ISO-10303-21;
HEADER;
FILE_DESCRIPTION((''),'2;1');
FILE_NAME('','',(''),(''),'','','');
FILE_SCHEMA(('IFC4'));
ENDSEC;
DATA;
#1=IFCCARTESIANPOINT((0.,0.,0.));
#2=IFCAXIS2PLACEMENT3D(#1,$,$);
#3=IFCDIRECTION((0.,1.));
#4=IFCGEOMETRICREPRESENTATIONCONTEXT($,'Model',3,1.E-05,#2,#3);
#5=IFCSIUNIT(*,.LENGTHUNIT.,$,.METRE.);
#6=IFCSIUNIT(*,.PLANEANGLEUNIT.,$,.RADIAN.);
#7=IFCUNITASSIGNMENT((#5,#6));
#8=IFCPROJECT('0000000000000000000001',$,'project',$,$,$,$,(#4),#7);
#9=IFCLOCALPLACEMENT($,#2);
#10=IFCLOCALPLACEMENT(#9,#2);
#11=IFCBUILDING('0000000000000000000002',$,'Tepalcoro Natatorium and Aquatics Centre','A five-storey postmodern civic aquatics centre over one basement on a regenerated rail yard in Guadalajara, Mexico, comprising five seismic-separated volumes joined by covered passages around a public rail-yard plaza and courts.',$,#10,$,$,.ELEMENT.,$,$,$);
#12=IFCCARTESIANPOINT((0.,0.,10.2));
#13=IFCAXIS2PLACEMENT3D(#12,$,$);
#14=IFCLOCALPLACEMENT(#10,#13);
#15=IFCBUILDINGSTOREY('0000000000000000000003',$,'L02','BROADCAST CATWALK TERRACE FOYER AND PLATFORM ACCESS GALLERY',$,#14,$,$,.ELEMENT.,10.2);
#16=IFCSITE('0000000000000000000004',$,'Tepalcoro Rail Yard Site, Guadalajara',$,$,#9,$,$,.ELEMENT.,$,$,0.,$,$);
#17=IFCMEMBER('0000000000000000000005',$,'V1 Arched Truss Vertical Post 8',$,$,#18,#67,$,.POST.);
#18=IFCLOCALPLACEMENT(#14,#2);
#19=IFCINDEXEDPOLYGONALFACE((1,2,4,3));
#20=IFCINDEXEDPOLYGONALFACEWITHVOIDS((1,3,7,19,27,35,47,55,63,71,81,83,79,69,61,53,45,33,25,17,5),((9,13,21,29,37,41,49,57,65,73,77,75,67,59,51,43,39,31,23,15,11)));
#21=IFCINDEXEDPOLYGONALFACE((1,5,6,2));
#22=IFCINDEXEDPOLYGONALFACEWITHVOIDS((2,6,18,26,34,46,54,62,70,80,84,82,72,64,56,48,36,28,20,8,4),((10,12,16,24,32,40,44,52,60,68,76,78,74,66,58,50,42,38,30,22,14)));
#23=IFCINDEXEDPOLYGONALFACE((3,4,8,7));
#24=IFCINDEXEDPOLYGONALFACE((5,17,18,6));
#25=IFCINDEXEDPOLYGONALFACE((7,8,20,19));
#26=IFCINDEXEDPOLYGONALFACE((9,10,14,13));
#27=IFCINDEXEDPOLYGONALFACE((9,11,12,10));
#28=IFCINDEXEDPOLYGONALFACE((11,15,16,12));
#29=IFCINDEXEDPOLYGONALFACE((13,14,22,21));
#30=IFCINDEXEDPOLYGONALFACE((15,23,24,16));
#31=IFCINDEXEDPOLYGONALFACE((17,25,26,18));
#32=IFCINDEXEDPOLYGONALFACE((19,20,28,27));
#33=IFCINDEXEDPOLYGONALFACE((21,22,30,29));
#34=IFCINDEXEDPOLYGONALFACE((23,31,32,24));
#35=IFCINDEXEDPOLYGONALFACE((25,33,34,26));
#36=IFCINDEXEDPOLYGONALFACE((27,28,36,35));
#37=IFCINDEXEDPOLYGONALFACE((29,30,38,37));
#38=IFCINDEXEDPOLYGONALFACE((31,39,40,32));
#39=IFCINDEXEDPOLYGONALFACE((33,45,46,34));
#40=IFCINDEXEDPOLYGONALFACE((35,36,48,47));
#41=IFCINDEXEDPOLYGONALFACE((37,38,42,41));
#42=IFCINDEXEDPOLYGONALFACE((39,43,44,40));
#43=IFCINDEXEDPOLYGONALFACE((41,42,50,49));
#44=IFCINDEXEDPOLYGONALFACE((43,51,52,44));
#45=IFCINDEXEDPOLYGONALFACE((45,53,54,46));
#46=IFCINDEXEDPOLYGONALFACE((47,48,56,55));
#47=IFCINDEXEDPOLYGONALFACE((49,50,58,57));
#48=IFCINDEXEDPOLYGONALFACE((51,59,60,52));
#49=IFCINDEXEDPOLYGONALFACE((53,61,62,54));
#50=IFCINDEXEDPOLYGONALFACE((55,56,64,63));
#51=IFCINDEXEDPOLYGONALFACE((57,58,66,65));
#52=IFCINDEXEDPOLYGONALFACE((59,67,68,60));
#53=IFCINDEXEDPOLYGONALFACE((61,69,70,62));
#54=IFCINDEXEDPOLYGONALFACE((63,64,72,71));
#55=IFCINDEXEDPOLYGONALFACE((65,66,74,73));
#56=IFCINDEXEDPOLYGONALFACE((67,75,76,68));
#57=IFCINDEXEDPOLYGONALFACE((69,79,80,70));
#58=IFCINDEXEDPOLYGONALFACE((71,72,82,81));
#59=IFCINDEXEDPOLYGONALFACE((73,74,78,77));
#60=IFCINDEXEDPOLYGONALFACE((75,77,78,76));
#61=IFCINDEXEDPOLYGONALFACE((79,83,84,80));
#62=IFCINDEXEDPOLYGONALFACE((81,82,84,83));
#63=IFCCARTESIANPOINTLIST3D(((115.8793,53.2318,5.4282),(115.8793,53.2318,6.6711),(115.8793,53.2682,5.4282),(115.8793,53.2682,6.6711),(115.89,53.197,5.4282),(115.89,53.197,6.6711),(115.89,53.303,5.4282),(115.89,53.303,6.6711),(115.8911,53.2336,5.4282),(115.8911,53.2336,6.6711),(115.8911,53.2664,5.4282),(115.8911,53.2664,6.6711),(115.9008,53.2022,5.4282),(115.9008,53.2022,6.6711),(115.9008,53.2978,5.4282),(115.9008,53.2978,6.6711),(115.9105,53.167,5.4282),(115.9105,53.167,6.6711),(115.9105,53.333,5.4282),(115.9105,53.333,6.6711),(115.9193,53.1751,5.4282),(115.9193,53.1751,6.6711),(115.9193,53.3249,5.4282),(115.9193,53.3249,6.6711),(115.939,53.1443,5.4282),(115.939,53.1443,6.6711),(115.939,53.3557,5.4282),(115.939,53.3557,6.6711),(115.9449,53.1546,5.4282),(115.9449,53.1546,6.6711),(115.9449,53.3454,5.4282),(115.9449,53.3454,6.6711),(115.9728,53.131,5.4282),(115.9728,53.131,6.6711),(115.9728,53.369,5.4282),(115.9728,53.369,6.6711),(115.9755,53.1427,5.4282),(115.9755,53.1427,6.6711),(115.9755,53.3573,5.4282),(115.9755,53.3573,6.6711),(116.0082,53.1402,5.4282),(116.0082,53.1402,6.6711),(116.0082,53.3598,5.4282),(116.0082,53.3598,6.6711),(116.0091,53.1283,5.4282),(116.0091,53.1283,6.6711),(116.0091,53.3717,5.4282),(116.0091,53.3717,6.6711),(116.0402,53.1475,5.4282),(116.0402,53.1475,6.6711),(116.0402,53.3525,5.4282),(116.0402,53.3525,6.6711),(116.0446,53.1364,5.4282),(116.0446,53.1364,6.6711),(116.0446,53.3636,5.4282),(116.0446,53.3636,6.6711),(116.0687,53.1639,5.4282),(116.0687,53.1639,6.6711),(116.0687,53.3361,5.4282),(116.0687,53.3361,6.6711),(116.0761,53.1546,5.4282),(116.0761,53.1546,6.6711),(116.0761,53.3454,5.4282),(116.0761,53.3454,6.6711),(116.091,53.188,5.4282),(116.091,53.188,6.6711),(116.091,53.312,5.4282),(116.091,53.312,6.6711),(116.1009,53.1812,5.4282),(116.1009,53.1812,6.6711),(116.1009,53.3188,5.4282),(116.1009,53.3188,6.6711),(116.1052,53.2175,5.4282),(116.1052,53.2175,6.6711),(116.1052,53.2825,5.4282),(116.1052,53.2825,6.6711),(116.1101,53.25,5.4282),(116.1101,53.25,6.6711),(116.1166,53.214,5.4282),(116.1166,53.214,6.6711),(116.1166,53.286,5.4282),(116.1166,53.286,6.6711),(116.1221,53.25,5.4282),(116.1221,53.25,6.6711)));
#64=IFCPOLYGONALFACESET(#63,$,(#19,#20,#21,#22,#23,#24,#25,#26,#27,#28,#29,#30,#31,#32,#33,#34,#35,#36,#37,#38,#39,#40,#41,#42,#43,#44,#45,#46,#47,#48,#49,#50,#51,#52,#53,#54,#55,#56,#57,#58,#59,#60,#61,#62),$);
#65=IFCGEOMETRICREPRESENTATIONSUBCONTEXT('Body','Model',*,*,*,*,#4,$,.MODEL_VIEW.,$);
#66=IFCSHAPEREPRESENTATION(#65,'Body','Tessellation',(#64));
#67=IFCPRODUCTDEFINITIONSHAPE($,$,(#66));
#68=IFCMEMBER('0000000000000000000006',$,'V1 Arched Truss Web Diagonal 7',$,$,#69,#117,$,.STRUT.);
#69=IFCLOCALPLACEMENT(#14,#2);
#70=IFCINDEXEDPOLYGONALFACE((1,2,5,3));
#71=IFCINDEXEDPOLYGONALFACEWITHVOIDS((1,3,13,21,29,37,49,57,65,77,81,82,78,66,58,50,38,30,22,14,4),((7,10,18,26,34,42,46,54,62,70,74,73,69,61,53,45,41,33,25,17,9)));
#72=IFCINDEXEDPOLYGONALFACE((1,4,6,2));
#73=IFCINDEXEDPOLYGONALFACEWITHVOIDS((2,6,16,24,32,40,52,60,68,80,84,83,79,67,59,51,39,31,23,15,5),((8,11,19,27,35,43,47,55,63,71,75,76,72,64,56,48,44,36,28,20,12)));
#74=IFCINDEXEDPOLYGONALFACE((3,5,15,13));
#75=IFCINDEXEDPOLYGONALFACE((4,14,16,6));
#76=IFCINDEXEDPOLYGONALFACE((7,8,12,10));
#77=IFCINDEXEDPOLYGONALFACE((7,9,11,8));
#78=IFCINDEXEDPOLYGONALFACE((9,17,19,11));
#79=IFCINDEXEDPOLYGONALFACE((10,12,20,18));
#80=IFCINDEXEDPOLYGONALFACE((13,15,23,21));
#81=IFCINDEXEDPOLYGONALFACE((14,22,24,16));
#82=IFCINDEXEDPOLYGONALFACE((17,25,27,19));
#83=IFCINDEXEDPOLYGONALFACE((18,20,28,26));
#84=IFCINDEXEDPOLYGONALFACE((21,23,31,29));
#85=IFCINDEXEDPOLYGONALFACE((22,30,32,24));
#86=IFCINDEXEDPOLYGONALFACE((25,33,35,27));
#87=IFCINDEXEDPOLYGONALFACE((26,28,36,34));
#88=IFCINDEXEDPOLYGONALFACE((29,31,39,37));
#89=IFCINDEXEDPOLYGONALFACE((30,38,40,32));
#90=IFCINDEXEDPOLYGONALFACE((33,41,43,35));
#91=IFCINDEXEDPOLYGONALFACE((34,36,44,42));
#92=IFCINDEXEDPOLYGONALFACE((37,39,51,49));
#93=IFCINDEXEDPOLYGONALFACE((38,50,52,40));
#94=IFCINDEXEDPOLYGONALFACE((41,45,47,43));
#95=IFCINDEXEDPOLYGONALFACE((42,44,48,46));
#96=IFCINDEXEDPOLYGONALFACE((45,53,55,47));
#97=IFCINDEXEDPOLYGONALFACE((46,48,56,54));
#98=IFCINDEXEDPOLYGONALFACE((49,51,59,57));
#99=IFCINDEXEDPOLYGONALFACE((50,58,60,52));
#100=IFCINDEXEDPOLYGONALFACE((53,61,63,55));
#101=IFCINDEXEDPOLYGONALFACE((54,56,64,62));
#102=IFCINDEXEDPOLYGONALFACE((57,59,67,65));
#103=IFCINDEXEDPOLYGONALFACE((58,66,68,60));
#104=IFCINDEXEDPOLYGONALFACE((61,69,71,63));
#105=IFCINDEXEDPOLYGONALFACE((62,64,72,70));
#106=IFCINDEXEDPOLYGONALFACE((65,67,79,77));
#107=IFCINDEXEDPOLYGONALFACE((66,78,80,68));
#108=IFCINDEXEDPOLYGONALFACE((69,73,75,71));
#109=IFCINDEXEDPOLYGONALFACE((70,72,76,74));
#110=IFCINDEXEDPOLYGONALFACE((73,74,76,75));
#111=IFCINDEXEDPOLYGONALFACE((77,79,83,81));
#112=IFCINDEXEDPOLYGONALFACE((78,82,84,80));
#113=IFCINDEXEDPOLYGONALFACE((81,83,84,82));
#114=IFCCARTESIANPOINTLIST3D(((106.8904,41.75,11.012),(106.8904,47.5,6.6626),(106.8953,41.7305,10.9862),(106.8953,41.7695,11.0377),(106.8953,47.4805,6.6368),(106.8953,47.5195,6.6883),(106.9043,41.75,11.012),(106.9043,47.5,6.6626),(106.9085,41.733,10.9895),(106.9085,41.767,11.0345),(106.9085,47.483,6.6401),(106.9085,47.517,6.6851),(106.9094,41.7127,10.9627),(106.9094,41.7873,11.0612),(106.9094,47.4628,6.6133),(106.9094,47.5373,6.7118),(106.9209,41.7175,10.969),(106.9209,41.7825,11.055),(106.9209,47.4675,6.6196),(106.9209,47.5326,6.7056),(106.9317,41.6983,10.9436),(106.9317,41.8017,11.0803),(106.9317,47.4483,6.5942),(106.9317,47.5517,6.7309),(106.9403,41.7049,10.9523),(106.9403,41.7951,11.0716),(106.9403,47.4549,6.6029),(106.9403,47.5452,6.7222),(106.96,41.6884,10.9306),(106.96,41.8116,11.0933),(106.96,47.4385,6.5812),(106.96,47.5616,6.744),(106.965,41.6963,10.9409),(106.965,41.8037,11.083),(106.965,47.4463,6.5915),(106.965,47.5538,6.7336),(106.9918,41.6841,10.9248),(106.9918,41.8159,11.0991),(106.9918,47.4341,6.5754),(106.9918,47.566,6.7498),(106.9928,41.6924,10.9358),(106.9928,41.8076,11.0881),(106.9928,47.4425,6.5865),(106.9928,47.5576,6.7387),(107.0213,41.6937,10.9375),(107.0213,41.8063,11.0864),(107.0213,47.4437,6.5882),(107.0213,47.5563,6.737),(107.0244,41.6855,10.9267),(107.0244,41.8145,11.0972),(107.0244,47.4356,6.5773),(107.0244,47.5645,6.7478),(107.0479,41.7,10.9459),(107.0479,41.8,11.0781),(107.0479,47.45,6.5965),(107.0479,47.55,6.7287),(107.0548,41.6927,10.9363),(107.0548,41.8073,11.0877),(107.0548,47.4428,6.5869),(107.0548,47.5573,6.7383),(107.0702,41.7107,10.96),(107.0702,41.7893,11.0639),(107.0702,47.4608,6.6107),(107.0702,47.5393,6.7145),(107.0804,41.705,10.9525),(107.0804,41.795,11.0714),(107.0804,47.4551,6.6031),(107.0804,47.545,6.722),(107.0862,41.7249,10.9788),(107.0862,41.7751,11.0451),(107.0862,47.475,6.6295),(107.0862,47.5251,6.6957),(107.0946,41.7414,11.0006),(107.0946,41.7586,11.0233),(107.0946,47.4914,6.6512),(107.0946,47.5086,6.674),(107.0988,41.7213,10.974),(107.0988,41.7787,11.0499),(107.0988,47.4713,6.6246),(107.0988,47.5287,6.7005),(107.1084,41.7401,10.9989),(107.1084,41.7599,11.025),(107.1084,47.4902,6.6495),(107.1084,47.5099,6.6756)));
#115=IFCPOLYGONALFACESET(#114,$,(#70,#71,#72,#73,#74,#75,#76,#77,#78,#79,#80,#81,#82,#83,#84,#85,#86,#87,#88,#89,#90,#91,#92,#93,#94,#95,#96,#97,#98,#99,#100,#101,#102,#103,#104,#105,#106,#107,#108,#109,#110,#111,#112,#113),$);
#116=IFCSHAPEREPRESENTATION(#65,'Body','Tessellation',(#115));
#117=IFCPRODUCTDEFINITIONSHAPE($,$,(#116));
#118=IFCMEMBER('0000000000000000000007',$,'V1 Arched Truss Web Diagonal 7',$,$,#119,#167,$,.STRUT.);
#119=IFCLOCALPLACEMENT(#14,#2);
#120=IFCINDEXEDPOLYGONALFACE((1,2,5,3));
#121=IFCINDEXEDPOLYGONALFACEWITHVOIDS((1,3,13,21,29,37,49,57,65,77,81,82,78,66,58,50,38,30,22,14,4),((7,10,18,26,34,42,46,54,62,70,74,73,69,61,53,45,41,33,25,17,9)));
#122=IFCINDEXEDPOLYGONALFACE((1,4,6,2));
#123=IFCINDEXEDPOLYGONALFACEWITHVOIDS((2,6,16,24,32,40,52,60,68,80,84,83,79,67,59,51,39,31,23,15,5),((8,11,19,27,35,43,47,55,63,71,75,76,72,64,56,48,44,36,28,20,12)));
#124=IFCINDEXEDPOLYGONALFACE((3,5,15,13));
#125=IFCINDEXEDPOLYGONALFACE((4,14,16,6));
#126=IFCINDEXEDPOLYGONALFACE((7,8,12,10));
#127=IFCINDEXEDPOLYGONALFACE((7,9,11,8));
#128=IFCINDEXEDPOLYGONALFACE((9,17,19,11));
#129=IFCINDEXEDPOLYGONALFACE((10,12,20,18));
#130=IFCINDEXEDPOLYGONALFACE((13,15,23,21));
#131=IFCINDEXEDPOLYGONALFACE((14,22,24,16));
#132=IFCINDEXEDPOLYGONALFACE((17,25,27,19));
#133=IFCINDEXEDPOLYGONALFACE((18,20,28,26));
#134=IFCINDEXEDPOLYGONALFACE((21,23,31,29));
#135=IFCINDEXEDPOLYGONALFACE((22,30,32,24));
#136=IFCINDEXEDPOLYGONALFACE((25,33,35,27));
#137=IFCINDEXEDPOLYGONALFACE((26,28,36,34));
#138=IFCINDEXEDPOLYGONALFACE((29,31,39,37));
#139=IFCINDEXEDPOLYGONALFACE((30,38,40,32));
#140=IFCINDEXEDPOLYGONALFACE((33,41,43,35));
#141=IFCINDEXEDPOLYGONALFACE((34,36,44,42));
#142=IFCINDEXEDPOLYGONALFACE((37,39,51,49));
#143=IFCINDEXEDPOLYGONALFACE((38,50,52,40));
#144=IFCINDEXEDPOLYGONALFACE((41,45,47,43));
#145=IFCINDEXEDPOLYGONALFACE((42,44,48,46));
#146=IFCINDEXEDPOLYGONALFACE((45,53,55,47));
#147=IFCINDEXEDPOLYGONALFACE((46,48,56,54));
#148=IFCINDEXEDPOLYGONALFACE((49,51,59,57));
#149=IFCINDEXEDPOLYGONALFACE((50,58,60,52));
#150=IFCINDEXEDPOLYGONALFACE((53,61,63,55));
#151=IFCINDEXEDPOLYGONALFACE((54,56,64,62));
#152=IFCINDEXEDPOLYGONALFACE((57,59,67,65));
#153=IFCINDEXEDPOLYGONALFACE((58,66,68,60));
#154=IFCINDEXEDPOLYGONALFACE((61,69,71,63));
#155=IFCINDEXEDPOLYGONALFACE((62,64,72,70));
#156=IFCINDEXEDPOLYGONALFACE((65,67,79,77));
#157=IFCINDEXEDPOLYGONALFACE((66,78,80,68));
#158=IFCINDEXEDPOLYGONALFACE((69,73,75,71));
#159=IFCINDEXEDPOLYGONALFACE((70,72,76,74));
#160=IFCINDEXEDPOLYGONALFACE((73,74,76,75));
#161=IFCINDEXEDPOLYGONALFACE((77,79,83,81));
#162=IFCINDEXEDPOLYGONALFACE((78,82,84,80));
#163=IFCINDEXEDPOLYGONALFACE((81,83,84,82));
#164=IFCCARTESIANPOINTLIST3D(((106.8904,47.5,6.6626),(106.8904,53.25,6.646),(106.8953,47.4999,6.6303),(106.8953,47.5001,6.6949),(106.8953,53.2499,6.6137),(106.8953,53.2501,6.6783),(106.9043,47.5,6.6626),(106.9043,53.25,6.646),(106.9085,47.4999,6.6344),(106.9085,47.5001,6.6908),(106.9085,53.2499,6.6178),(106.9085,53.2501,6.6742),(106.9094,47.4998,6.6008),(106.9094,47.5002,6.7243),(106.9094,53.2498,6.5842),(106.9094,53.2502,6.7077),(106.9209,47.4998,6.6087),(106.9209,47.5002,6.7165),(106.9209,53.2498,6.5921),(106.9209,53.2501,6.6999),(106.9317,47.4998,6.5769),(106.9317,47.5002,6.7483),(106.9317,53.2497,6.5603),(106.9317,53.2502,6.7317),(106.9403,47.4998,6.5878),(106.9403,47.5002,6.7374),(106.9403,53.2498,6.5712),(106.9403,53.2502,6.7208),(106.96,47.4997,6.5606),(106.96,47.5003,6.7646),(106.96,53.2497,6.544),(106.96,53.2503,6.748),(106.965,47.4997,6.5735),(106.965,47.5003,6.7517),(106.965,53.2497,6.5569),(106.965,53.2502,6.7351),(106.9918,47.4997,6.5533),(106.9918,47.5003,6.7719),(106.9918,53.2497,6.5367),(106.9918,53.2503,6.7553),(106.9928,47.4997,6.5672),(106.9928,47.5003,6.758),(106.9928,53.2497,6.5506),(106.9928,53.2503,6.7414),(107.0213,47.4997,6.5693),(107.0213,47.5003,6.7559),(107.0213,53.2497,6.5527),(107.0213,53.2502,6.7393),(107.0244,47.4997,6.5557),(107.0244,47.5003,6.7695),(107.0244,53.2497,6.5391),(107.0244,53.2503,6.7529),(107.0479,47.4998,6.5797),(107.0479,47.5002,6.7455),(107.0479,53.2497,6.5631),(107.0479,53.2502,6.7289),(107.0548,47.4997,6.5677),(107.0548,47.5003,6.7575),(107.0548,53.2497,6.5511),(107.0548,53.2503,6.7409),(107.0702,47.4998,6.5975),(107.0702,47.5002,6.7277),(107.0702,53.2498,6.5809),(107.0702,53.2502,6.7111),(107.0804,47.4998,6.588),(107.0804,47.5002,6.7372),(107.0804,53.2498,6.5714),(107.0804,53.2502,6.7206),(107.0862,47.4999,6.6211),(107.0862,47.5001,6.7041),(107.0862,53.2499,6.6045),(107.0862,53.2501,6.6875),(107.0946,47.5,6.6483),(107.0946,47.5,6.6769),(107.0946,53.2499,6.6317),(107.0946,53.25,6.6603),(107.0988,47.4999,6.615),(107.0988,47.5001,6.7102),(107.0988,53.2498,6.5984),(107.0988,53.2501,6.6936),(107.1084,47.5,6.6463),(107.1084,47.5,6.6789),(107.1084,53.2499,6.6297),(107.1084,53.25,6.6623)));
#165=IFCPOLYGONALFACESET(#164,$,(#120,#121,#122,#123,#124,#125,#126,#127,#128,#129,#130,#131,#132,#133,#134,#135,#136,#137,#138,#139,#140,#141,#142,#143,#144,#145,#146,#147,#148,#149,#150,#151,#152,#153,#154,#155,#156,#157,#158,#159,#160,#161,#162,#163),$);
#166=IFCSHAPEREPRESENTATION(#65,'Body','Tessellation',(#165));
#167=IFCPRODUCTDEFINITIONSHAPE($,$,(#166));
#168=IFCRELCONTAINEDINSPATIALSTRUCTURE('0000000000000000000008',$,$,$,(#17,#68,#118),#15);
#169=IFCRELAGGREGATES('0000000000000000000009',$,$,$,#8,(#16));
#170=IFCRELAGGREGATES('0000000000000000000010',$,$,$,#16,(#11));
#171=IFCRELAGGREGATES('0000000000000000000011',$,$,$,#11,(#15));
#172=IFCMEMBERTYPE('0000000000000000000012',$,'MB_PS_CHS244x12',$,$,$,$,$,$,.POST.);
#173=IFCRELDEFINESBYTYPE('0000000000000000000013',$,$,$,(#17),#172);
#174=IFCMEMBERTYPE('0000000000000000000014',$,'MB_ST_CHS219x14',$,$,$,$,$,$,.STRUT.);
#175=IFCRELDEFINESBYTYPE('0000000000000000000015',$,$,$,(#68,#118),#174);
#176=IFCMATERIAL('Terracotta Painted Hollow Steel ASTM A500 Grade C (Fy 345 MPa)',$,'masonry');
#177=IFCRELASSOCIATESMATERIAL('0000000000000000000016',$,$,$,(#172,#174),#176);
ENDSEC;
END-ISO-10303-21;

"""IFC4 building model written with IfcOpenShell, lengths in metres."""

from ifc_helpers import new_model, si_unit, direction, frame, origin, origin_2d, place, context, subcontext, project, spatial, hollow_circle, extrude, material, material_profile, profile_set, type_object, element, save


model = new_model("IFC4")

# Units and contexts
model_context = context("Model", 3, precision=1e-05, world=origin(), true_north=direction((0.0, 1.0)))
body_context = subcontext(model_context, "Body", "Model", "MODEL_VIEW")
ifc_project = project(units=[si_unit("LENGTHUNIT", "METRE"), si_unit("PLANEANGLEUNIT", "RADIAN")], contexts=[model_context])

# Site, building, storey
site_placement = place(None, origin())
site = spatial("IfcSite", under=ifc_project, at=site_placement, Name="Tepalcoro Rail Yard Site, Guadalajara", CompositionType="ELEMENT", RefElevation=0.0)
building_placement = place(site_placement, origin())
building = spatial("IfcBuilding", under=site, at=building_placement, Name="Tepalcoro Natatorium and Aquatics Centre", Description="A five-storey postmodern civic aquatics centre over one basement on a regenerated rail yard in Guadalajara, Mexico, comprising five seismic-separated volumes joined by covered passages around a public rail-yard plaza and courts.", CompositionType="ELEMENT")
storey_placement = place(building_placement, frame((0.0, 0.0, 10.2)))
storey = spatial("IfcBuildingStorey", under=building, at=storey_placement, Name="L02", Description="BROADCAST CATWALK TERRACE FOYER AND PLATFORM ACCESS GALLERY", CompositionType="ELEMENT", Elevation=10.2)

# Shared definitions
ifc_material_1 = material(Name="Terracotta Painted Hollow Steel ASTM A500 Grade C (Fy 345 MPa)", Category="masonry")

# Members
ifc_material_profile_1 = material_profile(ifc_material_1, hollow_circle(Radius=0.1221, WallThickness=0.012, at=origin_2d()), Name="CHS244X12")
ifc_profile_set_1 = profile_set([ifc_material_profile_1], Name="Terracotta Painted Hollow Steel ASTM A500 Grade C (Fy 345 MPa)")
member_type_1 = type_object("IfcMemberType", Name="MB_PS_CHS244x12", PredefinedType="POST", material=ifc_profile_set_1)
member_1_placement = place(storey_placement, frame((116.0, 53.25, 5.4282), z_axis=(0.0, 0.0, 1.0), x_axis=(1.0, 0.0, 0.0)))
element("IfcMember", 1, at=member_1_placement, inside=storey, type_object=member_type_1, Name="V1 Arched Truss Vertical Post 8", PredefinedType="POST", context=body_context, shape_type="SweptSolid", body=[
    extrude(hollow_circle(Radius=0.1221, WallThickness=0.012, at=origin_2d()), origin(), (0.0, 0.0, 1.0), 1.2429),
])
ifc_material_profile_2 = material_profile(ifc_material_1, hollow_circle(Radius=0.1096, WallThickness=0.0139, at=origin_2d()), Name="CHS219X14")
ifc_profile_set_2 = profile_set([ifc_material_profile_2], Name="Terracotta Painted Hollow Steel ASTM A500 Grade C (Fy 345 MPa)")
member_type_2 = type_object("IfcMemberType", Name="MB_ST_CHS219x14", PredefinedType="STRUT", material=ifc_profile_set_2)
member_2_placement = place(storey_placement, frame((107.0, 41.75, 11.012), z_axis=(0.0, 0.797539, -0.603267), x_axis=(-1.0, 0.0, 0.0)))
element("IfcMember", 2, at=member_2_placement, inside=storey, type_object=member_type_2, Name="V1 Arched Truss Web Diagonal 7", PredefinedType="STRUT", context=body_context, shape_type="SweptSolid", body=[
    extrude(hollow_circle(Radius=0.1096, WallThickness=0.0139, at=origin_2d()), origin(), (0.0, 0.0, 1.0), 7.2097),
])
member_3_placement = place(storey_placement, frame((107.0, 47.5, 6.6626), z_axis=(0.0, 0.999996, -0.002887), x_axis=(-1.0, 0.0, 0.0)))
element("IfcMember", 3, at=member_3_placement, inside=storey, type_object=member_type_2, Name="V1 Arched Truss Web Diagonal 7", PredefinedType="STRUT", context=body_context, shape_type="SweptSolid", body=[
    extrude(hollow_circle(Radius=0.1096, WallThickness=0.0139, at=origin_2d()), origin(), (0.0, 0.0, 1.0), 5.75),
])

save(model, "model.ifc")
